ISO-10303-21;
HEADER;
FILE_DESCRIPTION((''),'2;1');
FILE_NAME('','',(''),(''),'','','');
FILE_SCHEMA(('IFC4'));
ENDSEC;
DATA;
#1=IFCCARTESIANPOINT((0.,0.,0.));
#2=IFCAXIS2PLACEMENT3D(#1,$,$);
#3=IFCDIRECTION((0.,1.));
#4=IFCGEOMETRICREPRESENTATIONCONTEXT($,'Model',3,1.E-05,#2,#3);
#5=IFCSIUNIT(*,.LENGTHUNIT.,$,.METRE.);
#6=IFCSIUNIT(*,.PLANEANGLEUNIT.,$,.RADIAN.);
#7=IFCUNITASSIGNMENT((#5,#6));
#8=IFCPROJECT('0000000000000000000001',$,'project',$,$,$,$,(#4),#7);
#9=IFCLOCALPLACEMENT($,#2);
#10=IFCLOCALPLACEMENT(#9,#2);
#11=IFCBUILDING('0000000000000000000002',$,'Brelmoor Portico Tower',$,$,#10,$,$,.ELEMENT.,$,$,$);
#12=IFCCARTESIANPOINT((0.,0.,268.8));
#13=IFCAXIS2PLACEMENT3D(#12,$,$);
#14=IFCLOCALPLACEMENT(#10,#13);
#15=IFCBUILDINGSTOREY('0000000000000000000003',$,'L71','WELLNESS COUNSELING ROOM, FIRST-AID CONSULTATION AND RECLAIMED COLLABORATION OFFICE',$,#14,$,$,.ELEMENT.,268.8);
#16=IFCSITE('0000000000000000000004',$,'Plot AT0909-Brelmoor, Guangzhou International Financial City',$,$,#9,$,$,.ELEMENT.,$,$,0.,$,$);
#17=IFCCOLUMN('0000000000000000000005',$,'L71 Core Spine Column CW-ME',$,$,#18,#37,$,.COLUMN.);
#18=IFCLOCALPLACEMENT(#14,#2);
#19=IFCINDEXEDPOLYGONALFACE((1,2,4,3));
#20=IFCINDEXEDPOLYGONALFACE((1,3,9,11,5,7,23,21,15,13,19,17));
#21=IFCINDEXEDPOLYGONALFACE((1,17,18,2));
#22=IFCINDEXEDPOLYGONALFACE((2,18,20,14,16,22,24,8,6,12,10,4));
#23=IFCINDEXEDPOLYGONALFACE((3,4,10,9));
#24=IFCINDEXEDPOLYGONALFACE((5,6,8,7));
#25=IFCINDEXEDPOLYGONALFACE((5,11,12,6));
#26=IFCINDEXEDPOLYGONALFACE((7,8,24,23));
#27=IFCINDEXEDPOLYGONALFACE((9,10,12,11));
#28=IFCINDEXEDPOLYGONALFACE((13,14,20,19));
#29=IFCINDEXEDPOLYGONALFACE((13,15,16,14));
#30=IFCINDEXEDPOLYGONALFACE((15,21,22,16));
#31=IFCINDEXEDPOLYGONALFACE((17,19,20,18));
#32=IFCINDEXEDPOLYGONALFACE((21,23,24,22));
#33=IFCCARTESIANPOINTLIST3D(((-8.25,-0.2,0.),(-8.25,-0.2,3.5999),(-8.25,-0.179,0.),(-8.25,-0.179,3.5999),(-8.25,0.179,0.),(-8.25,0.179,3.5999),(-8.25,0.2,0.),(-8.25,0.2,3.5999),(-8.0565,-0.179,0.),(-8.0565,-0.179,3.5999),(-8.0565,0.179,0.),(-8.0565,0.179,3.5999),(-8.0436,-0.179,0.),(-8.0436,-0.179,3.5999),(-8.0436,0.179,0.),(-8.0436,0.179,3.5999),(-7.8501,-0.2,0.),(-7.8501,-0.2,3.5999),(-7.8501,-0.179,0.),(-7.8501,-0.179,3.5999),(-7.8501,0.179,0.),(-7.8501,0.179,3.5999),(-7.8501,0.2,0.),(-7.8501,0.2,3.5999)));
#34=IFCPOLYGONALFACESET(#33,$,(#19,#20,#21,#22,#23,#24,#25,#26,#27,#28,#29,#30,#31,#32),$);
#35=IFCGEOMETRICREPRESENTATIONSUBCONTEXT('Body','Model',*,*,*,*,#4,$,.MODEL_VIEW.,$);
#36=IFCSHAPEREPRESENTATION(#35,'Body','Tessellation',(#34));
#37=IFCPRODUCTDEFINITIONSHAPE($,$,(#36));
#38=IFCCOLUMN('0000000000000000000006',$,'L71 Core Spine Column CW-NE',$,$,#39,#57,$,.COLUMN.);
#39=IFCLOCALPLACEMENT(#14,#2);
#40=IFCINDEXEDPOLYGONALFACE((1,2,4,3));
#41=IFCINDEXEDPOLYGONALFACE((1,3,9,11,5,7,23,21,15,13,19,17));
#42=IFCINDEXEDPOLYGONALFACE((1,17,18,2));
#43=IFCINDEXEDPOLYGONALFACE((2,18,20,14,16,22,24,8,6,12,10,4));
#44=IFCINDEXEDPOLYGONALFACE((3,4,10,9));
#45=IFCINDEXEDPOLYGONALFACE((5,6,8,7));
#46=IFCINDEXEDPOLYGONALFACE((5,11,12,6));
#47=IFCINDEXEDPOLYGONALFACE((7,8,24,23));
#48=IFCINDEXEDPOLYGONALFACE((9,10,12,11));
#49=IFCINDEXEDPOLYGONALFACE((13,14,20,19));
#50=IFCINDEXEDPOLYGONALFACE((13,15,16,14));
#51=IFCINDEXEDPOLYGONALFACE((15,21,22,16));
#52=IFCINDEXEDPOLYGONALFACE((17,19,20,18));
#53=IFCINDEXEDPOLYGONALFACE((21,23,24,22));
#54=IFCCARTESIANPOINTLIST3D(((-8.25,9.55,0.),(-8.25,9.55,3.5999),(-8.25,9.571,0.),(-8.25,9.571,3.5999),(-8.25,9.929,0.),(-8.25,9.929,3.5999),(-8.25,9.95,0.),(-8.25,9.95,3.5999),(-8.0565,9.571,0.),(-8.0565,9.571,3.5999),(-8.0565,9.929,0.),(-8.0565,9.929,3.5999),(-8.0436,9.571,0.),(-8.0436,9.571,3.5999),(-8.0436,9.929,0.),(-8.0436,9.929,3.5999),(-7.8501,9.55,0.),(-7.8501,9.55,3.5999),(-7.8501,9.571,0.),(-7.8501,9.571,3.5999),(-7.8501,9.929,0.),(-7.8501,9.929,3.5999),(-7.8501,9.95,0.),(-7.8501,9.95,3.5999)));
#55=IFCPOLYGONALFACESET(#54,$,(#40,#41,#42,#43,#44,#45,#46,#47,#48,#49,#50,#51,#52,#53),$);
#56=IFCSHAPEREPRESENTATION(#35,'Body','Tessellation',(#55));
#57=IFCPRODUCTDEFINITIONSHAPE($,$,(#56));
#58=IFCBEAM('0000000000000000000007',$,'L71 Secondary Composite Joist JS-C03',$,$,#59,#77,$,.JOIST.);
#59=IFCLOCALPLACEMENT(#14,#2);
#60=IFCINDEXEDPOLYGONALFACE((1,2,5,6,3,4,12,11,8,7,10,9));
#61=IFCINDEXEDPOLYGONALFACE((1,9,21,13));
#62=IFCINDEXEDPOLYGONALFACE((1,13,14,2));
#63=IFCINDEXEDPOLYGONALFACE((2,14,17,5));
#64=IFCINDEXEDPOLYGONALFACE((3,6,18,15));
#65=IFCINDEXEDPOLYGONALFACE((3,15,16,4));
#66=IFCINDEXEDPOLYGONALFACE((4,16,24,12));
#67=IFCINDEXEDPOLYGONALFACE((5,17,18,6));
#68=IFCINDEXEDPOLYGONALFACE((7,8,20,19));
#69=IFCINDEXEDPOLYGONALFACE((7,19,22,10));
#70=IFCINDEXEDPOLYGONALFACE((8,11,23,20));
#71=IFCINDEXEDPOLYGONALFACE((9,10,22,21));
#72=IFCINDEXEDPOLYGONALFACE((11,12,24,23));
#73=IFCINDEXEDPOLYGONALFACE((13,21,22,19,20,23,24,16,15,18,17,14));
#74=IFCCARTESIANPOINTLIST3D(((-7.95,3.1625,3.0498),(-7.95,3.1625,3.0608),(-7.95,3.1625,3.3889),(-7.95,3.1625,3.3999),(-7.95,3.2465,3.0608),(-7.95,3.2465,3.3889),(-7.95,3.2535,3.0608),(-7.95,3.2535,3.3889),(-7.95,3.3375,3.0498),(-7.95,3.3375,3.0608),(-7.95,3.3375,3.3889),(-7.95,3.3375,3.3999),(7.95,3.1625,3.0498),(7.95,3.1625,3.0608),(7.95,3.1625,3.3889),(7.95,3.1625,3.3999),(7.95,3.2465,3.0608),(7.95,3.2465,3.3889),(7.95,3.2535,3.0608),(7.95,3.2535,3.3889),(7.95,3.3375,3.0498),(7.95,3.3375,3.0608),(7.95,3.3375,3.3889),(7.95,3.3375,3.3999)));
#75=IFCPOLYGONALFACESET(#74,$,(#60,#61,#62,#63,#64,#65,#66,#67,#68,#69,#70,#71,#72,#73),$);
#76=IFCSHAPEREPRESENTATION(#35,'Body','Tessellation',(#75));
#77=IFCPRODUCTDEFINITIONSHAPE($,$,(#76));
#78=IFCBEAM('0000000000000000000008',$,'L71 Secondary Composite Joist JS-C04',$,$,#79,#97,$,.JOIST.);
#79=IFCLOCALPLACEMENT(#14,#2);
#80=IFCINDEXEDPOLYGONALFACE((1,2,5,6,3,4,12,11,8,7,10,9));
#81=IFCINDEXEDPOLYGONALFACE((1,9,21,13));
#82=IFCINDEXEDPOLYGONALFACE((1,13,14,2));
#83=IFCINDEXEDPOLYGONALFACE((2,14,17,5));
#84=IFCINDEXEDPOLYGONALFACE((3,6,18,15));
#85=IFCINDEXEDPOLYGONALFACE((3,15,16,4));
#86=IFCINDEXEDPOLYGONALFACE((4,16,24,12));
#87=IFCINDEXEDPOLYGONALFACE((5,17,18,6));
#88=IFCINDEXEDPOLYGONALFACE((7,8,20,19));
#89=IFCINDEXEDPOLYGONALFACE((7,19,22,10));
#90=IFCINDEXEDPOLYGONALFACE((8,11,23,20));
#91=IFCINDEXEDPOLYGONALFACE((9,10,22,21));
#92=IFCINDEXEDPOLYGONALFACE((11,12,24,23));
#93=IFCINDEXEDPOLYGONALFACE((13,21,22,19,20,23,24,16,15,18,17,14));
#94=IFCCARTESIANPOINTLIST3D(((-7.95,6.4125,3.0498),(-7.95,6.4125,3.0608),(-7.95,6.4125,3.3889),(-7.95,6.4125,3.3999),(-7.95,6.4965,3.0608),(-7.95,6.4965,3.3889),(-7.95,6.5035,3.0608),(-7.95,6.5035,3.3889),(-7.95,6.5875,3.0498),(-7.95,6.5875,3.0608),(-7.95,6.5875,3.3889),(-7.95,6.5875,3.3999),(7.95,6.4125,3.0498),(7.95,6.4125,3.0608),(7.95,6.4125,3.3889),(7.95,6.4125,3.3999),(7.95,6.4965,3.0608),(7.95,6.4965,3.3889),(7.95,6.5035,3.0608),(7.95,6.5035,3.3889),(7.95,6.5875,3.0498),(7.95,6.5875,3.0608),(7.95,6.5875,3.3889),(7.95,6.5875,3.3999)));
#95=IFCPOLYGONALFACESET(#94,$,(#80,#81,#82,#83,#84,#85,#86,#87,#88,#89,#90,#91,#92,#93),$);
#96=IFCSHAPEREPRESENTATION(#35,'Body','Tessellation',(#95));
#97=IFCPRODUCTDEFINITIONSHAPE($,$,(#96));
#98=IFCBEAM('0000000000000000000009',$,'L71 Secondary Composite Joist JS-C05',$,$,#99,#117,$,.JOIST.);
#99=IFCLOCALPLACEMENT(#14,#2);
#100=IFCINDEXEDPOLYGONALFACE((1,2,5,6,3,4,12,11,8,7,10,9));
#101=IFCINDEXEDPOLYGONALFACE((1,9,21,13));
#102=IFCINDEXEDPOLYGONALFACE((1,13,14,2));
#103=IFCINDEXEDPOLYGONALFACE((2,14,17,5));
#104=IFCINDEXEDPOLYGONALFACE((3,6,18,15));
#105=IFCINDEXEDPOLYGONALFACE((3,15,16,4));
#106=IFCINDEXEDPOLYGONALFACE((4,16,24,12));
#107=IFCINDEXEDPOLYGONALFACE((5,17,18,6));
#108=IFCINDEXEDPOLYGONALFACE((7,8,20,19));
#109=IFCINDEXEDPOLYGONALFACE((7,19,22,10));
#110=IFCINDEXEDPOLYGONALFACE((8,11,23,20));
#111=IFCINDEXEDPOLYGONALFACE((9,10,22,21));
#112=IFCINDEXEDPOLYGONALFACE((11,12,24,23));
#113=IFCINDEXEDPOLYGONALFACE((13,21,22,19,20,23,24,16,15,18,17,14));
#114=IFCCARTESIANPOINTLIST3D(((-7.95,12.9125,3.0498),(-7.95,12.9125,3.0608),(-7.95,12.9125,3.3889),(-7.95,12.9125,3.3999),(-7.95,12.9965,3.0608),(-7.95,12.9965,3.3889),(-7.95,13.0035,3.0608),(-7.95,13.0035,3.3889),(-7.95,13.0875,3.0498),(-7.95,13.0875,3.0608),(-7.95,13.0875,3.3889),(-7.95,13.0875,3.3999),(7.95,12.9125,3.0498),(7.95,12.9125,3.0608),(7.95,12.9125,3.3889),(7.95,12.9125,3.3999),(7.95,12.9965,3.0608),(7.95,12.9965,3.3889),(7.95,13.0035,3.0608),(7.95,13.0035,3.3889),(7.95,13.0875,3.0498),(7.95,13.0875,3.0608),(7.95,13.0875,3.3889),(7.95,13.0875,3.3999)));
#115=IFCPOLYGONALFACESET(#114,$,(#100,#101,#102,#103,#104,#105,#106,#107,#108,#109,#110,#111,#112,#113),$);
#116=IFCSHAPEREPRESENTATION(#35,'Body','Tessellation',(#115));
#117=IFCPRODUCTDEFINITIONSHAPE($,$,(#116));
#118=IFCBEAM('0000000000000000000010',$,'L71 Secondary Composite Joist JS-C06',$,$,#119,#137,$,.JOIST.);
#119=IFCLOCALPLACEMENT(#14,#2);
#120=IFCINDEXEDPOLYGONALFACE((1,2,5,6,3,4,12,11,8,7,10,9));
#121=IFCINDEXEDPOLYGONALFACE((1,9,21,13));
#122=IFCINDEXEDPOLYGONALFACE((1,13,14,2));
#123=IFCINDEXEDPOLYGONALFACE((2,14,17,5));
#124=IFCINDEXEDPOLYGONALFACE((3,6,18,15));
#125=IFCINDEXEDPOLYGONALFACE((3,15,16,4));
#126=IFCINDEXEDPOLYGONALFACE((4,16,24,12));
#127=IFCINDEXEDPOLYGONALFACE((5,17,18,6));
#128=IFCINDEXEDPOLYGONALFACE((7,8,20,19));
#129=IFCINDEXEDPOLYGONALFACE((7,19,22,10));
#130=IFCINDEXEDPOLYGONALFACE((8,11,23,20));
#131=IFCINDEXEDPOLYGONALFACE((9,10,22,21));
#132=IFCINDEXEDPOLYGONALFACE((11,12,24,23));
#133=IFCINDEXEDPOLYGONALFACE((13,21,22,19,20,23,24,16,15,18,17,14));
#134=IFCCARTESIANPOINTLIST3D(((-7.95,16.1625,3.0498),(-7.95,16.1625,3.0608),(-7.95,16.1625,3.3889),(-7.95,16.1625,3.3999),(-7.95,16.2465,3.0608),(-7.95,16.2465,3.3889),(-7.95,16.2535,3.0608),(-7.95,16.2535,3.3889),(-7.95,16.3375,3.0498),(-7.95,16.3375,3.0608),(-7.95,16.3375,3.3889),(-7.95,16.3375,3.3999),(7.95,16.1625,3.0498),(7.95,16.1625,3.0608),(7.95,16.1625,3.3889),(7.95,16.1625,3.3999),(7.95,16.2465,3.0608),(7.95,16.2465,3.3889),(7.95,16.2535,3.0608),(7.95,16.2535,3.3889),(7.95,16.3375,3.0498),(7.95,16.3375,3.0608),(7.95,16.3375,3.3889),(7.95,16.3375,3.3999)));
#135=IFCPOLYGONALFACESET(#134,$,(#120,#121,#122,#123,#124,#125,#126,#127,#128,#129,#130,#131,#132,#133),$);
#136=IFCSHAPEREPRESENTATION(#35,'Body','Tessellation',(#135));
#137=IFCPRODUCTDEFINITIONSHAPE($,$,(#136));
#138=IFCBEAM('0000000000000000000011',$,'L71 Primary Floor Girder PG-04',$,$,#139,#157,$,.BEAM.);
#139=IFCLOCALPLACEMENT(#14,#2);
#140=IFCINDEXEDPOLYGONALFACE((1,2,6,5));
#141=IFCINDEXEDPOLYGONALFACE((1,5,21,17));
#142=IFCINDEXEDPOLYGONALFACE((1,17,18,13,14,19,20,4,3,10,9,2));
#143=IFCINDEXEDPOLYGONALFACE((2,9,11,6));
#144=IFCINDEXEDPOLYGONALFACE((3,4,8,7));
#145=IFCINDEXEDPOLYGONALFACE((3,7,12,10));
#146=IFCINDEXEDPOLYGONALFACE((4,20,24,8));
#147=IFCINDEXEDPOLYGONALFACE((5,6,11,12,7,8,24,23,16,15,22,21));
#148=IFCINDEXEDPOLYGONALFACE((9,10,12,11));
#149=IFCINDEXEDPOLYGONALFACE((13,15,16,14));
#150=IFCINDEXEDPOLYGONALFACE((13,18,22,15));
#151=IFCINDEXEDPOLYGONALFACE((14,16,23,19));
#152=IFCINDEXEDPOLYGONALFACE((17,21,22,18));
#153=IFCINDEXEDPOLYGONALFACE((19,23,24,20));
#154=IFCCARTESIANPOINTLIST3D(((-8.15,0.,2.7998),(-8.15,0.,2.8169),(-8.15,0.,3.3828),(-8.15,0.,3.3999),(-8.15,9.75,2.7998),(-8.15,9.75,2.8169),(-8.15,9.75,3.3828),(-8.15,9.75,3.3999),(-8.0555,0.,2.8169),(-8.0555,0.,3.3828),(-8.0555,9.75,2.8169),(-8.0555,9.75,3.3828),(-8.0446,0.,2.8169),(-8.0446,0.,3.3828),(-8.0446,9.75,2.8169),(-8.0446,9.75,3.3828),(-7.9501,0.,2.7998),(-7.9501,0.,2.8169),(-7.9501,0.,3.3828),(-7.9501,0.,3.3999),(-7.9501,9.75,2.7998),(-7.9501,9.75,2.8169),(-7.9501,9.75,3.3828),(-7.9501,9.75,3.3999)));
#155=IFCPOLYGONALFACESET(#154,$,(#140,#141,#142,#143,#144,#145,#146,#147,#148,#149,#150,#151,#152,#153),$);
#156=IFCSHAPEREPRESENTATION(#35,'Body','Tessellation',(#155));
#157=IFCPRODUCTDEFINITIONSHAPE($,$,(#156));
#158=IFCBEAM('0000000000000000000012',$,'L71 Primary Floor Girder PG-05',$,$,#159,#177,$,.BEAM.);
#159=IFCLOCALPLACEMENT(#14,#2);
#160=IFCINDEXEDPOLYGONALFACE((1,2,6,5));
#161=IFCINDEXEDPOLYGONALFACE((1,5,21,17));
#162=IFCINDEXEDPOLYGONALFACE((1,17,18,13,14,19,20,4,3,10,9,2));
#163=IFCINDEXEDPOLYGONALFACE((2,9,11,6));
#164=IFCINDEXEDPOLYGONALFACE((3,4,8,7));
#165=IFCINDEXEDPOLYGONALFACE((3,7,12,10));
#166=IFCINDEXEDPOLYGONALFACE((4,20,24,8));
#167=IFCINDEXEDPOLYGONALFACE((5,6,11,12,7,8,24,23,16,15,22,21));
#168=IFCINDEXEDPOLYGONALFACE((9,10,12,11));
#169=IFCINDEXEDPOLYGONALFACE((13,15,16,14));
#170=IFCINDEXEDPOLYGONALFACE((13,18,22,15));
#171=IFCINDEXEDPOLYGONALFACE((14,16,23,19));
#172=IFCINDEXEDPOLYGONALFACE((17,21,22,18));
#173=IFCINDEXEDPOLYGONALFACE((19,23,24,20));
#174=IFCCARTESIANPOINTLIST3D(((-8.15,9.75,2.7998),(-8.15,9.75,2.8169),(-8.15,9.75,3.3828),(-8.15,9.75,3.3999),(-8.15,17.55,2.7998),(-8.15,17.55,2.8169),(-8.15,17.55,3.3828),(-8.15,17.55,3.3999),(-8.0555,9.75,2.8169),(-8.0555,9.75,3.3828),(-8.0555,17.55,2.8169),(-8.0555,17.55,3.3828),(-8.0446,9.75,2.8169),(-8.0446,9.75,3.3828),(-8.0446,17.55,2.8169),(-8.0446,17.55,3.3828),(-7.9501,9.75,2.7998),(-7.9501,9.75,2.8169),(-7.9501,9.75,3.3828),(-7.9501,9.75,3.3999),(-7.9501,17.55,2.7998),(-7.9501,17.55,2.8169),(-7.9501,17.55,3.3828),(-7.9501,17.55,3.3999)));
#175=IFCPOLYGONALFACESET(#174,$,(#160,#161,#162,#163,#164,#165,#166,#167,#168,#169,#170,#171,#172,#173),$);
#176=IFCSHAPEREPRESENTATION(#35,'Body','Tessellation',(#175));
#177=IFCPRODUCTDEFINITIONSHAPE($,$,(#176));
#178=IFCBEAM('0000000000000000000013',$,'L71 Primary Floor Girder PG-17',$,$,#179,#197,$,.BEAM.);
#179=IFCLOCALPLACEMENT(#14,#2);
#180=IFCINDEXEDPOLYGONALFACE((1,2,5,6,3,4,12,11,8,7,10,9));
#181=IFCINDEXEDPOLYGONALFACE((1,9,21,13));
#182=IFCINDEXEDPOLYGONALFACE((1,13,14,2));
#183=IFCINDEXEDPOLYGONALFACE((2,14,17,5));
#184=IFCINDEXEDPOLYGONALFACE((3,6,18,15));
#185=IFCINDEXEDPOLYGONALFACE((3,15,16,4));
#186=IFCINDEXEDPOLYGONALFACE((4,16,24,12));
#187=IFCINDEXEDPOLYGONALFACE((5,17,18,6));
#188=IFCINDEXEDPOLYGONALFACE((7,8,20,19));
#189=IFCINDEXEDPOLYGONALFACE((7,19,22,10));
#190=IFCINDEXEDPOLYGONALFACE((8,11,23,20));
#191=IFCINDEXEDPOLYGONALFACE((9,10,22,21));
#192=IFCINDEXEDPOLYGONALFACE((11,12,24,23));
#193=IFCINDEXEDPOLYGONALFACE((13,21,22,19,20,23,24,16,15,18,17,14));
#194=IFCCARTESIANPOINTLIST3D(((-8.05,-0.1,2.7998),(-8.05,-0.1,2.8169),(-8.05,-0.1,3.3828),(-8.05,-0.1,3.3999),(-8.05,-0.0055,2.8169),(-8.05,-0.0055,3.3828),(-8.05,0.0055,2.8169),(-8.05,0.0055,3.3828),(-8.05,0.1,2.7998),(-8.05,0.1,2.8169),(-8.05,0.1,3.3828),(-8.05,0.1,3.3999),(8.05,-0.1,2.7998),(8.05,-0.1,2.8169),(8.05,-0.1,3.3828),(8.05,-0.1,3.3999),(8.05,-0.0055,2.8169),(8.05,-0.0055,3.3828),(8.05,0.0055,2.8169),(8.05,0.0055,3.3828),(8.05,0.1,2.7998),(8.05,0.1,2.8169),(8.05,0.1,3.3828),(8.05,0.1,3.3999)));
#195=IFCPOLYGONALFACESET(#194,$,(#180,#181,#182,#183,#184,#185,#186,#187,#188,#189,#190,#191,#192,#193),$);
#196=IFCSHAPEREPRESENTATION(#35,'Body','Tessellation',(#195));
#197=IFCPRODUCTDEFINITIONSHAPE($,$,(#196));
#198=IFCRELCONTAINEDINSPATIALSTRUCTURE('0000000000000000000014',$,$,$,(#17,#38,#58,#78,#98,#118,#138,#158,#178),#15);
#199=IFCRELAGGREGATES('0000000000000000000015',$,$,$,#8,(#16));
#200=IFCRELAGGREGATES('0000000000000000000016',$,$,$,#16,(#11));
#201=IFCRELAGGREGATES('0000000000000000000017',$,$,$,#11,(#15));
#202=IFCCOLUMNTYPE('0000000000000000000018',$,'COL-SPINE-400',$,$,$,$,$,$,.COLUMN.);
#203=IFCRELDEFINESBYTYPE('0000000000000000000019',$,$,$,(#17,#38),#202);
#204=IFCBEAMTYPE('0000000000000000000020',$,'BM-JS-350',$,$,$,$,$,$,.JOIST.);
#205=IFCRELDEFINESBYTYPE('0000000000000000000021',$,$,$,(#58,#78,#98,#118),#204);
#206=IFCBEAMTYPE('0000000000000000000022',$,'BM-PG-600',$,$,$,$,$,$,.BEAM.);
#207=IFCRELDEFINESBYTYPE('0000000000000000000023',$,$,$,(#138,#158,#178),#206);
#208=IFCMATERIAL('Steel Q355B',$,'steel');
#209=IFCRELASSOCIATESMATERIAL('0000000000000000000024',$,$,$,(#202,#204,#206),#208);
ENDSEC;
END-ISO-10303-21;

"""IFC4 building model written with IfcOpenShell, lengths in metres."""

from ifc_helpers import new_model, si_unit, direction, frame, origin, origin_2d, place, context, subcontext, project, spatial, i_section, extrude, material, material_profile, profile_set, type_object, element, save


model = new_model("IFC4")

# Units and contexts
model_context = context("Model", 3, precision=1e-05, world=origin(), true_north=direction((0.0, 1.0)))
body_context = subcontext(model_context, "Body", "Model", "MODEL_VIEW")
ifc_project = project(units=[si_unit("LENGTHUNIT", "METRE"), si_unit("PLANEANGLEUNIT", "RADIAN")], contexts=[model_context])

# Site, building, storey
site_placement = place(None, origin())
site = spatial("IfcSite", under=ifc_project, at=site_placement, Name="Plot AT0909-Brelmoor, Guangzhou International Financial City", CompositionType="ELEMENT", RefElevation=0.0)
building_placement = place(site_placement, origin())
building = spatial("IfcBuilding", under=site, at=building_placement, Name="Brelmoor Portico Tower", CompositionType="ELEMENT")
storey_placement = place(building_placement, frame((0.0, 0.0, 268.8)))
storey = spatial("IfcBuildingStorey", under=building, at=storey_placement, Name="L71", Description="WELLNESS COUNSELING ROOM, FIRST-AID CONSULTATION AND RECLAIMED COLLABORATION OFFICE", CompositionType="ELEMENT", Elevation=268.8)

# Columns
ifc_material_1 = material(Name="Steel Q355B", Category="steel")
ifc_material_profile_1 = material_profile(ifc_material_1, i_section(OverallWidth=0.3999, OverallDepth=0.3999, WebThickness=0.0129, FlangeThickness=0.021, at=origin_2d()), Name="HW 400x400x13x21")
ifc_profile_set_1 = profile_set([ifc_material_profile_1], Name="Steel Q355B")
column_type = type_object("IfcColumnType", Name="COL-SPINE-400", PredefinedType="COLUMN", material=ifc_profile_set_1)
for number, where, z_axis, x_axis, name in (
    (1, (-8.05, 0.0, 0.0), (0.0, 0.0, 1.0), (1.0, 0.0, 0.0), "L71 Core Spine Column CW-ME"),
    (2, (-8.05, 9.75, 0.0), (0.0, 0.0, 1.0), (1.0, 0.0, 0.0), "L71 Core Spine Column CW-NE"),
):
    element("IfcColumn", number, at=place(storey_placement, frame(where, z_axis=z_axis, x_axis=x_axis)), inside=storey, type_object=column_type, Name=name, PredefinedType="COLUMN", context=body_context, shape_type="SweptSolid", body=[
        extrude(i_section(OverallWidth=0.3999, OverallDepth=0.3999, WebThickness=0.0129, FlangeThickness=0.021, at=origin_2d()), origin(), (0.0, 0.0, 1.0), 3.5999),
    ])

# Beams
ifc_material_profile_2 = material_profile(ifc_material_1, i_section(OverallWidth=0.175, OverallDepth=0.3501, WebThickness=0.0071, FlangeThickness=0.011, at=origin_2d()), Name="HN 350x175x7x11")
ifc_profile_set_2 = profile_set([ifc_material_profile_2], Name="Steel Q355B")
beam_type_1 = type_object("IfcBeamType", Name="BM-JS-350", PredefinedType="JOIST", material=ifc_profile_set_2)
for number, where, z_axis, x_axis, name in (
    (3, (-7.95, 3.25, 3.2249), (1.0, 0.0, 0.0), (0.0, 1.0, 0.0), "L71 Secondary Composite Joist JS-C03"),
    (4, (-7.95, 6.5, 3.2249), (1.0, 0.0, 0.0), (0.0, 1.0, 0.0), "L71 Secondary Composite Joist JS-C04"),
    (5, (-7.95, 13.0, 3.2249), (1.0, 0.0, 0.0), (0.0, 1.0, 0.0), "L71 Secondary Composite Joist JS-C05"),
    (6, (-7.95, 16.25, 3.2249), (1.0, 0.0, 0.0), (0.0, 1.0, 0.0), "L71 Secondary Composite Joist JS-C06"),
):
    element("IfcBeam", number, at=place(storey_placement, frame(where, z_axis=z_axis, x_axis=x_axis)), inside=storey, type_object=beam_type_1, Name=name, PredefinedType="JOIST", context=body_context, shape_type="SweptSolid", body=[
        extrude(i_section(OverallWidth=0.175, OverallDepth=0.3501, WebThickness=0.0071, FlangeThickness=0.011, at=origin_2d()), origin(), (0.0, 0.0, 1.0), 15.8999),
    ])
ifc_material_profile_3 = material_profile(ifc_material_1, i_section(OverallWidth=0.2, OverallDepth=0.6001, WebThickness=0.011, FlangeThickness=0.0171, at=origin_2d()), Name="HN 600x200x11x17")
ifc_profile_set_3 = profile_set([ifc_material_profile_3], Name="Steel Q355B")
beam_type_2 = type_object("IfcBeamType", Name="BM-PG-600", PredefinedType="BEAM", material=ifc_profile_set_3)
beam_1_placement = place(storey_placement, frame((-8.05, 0.0, 3.0999), z_axis=(0.0, 1.0, 0.0), x_axis=(-1.0, 0.0, 0.0)))
element("IfcBeam", 7, at=beam_1_placement, inside=storey, type_object=beam_type_2, Name="L71 Primary Floor Girder PG-04", PredefinedType="BEAM", context=body_context, shape_type="SweptSolid", body=[
    extrude(i_section(OverallWidth=0.2, OverallDepth=0.6001, WebThickness=0.011, FlangeThickness=0.0171, at=origin_2d()), origin(), (0.0, 0.0, 1.0), 9.75),
])
beam_2_placement = place(storey_placement, frame((-8.05, 9.75, 3.0999), z_axis=(0.0, 1.0, 0.0), x_axis=(-1.0, 0.0, 0.0)))
element("IfcBeam", 8, at=beam_2_placement, inside=storey, type_object=beam_type_2, Name="L71 Primary Floor Girder PG-05", PredefinedType="BEAM", context=body_context, shape_type="SweptSolid", body=[
    extrude(i_section(OverallWidth=0.2, OverallDepth=0.6001, WebThickness=0.011, FlangeThickness=0.0171, at=origin_2d()), origin(), (0.0, 0.0, 1.0), 7.8),
])
for number, where, z_axis, x_axis, name in (
    (9, (-8.05, 0.0, 3.0999), (1.0, 0.0, 0.0), (0.0, 1.0, 0.0), "L71 Primary Floor Girder PG-17"),
):
    element("IfcBeam", number, at=place(storey_placement, frame(where, z_axis=z_axis, x_axis=x_axis)), inside=storey, type_object=beam_type_2, Name=name, PredefinedType="BEAM", context=body_context, shape_type="SweptSolid", body=[
        extrude(i_section(OverallWidth=0.2, OverallDepth=0.6001, WebThickness=0.011, FlangeThickness=0.0171, at=origin_2d()), origin(), (0.0, 0.0, 1.0), 16.1001),
    ])

save(model, "model.ifc")
